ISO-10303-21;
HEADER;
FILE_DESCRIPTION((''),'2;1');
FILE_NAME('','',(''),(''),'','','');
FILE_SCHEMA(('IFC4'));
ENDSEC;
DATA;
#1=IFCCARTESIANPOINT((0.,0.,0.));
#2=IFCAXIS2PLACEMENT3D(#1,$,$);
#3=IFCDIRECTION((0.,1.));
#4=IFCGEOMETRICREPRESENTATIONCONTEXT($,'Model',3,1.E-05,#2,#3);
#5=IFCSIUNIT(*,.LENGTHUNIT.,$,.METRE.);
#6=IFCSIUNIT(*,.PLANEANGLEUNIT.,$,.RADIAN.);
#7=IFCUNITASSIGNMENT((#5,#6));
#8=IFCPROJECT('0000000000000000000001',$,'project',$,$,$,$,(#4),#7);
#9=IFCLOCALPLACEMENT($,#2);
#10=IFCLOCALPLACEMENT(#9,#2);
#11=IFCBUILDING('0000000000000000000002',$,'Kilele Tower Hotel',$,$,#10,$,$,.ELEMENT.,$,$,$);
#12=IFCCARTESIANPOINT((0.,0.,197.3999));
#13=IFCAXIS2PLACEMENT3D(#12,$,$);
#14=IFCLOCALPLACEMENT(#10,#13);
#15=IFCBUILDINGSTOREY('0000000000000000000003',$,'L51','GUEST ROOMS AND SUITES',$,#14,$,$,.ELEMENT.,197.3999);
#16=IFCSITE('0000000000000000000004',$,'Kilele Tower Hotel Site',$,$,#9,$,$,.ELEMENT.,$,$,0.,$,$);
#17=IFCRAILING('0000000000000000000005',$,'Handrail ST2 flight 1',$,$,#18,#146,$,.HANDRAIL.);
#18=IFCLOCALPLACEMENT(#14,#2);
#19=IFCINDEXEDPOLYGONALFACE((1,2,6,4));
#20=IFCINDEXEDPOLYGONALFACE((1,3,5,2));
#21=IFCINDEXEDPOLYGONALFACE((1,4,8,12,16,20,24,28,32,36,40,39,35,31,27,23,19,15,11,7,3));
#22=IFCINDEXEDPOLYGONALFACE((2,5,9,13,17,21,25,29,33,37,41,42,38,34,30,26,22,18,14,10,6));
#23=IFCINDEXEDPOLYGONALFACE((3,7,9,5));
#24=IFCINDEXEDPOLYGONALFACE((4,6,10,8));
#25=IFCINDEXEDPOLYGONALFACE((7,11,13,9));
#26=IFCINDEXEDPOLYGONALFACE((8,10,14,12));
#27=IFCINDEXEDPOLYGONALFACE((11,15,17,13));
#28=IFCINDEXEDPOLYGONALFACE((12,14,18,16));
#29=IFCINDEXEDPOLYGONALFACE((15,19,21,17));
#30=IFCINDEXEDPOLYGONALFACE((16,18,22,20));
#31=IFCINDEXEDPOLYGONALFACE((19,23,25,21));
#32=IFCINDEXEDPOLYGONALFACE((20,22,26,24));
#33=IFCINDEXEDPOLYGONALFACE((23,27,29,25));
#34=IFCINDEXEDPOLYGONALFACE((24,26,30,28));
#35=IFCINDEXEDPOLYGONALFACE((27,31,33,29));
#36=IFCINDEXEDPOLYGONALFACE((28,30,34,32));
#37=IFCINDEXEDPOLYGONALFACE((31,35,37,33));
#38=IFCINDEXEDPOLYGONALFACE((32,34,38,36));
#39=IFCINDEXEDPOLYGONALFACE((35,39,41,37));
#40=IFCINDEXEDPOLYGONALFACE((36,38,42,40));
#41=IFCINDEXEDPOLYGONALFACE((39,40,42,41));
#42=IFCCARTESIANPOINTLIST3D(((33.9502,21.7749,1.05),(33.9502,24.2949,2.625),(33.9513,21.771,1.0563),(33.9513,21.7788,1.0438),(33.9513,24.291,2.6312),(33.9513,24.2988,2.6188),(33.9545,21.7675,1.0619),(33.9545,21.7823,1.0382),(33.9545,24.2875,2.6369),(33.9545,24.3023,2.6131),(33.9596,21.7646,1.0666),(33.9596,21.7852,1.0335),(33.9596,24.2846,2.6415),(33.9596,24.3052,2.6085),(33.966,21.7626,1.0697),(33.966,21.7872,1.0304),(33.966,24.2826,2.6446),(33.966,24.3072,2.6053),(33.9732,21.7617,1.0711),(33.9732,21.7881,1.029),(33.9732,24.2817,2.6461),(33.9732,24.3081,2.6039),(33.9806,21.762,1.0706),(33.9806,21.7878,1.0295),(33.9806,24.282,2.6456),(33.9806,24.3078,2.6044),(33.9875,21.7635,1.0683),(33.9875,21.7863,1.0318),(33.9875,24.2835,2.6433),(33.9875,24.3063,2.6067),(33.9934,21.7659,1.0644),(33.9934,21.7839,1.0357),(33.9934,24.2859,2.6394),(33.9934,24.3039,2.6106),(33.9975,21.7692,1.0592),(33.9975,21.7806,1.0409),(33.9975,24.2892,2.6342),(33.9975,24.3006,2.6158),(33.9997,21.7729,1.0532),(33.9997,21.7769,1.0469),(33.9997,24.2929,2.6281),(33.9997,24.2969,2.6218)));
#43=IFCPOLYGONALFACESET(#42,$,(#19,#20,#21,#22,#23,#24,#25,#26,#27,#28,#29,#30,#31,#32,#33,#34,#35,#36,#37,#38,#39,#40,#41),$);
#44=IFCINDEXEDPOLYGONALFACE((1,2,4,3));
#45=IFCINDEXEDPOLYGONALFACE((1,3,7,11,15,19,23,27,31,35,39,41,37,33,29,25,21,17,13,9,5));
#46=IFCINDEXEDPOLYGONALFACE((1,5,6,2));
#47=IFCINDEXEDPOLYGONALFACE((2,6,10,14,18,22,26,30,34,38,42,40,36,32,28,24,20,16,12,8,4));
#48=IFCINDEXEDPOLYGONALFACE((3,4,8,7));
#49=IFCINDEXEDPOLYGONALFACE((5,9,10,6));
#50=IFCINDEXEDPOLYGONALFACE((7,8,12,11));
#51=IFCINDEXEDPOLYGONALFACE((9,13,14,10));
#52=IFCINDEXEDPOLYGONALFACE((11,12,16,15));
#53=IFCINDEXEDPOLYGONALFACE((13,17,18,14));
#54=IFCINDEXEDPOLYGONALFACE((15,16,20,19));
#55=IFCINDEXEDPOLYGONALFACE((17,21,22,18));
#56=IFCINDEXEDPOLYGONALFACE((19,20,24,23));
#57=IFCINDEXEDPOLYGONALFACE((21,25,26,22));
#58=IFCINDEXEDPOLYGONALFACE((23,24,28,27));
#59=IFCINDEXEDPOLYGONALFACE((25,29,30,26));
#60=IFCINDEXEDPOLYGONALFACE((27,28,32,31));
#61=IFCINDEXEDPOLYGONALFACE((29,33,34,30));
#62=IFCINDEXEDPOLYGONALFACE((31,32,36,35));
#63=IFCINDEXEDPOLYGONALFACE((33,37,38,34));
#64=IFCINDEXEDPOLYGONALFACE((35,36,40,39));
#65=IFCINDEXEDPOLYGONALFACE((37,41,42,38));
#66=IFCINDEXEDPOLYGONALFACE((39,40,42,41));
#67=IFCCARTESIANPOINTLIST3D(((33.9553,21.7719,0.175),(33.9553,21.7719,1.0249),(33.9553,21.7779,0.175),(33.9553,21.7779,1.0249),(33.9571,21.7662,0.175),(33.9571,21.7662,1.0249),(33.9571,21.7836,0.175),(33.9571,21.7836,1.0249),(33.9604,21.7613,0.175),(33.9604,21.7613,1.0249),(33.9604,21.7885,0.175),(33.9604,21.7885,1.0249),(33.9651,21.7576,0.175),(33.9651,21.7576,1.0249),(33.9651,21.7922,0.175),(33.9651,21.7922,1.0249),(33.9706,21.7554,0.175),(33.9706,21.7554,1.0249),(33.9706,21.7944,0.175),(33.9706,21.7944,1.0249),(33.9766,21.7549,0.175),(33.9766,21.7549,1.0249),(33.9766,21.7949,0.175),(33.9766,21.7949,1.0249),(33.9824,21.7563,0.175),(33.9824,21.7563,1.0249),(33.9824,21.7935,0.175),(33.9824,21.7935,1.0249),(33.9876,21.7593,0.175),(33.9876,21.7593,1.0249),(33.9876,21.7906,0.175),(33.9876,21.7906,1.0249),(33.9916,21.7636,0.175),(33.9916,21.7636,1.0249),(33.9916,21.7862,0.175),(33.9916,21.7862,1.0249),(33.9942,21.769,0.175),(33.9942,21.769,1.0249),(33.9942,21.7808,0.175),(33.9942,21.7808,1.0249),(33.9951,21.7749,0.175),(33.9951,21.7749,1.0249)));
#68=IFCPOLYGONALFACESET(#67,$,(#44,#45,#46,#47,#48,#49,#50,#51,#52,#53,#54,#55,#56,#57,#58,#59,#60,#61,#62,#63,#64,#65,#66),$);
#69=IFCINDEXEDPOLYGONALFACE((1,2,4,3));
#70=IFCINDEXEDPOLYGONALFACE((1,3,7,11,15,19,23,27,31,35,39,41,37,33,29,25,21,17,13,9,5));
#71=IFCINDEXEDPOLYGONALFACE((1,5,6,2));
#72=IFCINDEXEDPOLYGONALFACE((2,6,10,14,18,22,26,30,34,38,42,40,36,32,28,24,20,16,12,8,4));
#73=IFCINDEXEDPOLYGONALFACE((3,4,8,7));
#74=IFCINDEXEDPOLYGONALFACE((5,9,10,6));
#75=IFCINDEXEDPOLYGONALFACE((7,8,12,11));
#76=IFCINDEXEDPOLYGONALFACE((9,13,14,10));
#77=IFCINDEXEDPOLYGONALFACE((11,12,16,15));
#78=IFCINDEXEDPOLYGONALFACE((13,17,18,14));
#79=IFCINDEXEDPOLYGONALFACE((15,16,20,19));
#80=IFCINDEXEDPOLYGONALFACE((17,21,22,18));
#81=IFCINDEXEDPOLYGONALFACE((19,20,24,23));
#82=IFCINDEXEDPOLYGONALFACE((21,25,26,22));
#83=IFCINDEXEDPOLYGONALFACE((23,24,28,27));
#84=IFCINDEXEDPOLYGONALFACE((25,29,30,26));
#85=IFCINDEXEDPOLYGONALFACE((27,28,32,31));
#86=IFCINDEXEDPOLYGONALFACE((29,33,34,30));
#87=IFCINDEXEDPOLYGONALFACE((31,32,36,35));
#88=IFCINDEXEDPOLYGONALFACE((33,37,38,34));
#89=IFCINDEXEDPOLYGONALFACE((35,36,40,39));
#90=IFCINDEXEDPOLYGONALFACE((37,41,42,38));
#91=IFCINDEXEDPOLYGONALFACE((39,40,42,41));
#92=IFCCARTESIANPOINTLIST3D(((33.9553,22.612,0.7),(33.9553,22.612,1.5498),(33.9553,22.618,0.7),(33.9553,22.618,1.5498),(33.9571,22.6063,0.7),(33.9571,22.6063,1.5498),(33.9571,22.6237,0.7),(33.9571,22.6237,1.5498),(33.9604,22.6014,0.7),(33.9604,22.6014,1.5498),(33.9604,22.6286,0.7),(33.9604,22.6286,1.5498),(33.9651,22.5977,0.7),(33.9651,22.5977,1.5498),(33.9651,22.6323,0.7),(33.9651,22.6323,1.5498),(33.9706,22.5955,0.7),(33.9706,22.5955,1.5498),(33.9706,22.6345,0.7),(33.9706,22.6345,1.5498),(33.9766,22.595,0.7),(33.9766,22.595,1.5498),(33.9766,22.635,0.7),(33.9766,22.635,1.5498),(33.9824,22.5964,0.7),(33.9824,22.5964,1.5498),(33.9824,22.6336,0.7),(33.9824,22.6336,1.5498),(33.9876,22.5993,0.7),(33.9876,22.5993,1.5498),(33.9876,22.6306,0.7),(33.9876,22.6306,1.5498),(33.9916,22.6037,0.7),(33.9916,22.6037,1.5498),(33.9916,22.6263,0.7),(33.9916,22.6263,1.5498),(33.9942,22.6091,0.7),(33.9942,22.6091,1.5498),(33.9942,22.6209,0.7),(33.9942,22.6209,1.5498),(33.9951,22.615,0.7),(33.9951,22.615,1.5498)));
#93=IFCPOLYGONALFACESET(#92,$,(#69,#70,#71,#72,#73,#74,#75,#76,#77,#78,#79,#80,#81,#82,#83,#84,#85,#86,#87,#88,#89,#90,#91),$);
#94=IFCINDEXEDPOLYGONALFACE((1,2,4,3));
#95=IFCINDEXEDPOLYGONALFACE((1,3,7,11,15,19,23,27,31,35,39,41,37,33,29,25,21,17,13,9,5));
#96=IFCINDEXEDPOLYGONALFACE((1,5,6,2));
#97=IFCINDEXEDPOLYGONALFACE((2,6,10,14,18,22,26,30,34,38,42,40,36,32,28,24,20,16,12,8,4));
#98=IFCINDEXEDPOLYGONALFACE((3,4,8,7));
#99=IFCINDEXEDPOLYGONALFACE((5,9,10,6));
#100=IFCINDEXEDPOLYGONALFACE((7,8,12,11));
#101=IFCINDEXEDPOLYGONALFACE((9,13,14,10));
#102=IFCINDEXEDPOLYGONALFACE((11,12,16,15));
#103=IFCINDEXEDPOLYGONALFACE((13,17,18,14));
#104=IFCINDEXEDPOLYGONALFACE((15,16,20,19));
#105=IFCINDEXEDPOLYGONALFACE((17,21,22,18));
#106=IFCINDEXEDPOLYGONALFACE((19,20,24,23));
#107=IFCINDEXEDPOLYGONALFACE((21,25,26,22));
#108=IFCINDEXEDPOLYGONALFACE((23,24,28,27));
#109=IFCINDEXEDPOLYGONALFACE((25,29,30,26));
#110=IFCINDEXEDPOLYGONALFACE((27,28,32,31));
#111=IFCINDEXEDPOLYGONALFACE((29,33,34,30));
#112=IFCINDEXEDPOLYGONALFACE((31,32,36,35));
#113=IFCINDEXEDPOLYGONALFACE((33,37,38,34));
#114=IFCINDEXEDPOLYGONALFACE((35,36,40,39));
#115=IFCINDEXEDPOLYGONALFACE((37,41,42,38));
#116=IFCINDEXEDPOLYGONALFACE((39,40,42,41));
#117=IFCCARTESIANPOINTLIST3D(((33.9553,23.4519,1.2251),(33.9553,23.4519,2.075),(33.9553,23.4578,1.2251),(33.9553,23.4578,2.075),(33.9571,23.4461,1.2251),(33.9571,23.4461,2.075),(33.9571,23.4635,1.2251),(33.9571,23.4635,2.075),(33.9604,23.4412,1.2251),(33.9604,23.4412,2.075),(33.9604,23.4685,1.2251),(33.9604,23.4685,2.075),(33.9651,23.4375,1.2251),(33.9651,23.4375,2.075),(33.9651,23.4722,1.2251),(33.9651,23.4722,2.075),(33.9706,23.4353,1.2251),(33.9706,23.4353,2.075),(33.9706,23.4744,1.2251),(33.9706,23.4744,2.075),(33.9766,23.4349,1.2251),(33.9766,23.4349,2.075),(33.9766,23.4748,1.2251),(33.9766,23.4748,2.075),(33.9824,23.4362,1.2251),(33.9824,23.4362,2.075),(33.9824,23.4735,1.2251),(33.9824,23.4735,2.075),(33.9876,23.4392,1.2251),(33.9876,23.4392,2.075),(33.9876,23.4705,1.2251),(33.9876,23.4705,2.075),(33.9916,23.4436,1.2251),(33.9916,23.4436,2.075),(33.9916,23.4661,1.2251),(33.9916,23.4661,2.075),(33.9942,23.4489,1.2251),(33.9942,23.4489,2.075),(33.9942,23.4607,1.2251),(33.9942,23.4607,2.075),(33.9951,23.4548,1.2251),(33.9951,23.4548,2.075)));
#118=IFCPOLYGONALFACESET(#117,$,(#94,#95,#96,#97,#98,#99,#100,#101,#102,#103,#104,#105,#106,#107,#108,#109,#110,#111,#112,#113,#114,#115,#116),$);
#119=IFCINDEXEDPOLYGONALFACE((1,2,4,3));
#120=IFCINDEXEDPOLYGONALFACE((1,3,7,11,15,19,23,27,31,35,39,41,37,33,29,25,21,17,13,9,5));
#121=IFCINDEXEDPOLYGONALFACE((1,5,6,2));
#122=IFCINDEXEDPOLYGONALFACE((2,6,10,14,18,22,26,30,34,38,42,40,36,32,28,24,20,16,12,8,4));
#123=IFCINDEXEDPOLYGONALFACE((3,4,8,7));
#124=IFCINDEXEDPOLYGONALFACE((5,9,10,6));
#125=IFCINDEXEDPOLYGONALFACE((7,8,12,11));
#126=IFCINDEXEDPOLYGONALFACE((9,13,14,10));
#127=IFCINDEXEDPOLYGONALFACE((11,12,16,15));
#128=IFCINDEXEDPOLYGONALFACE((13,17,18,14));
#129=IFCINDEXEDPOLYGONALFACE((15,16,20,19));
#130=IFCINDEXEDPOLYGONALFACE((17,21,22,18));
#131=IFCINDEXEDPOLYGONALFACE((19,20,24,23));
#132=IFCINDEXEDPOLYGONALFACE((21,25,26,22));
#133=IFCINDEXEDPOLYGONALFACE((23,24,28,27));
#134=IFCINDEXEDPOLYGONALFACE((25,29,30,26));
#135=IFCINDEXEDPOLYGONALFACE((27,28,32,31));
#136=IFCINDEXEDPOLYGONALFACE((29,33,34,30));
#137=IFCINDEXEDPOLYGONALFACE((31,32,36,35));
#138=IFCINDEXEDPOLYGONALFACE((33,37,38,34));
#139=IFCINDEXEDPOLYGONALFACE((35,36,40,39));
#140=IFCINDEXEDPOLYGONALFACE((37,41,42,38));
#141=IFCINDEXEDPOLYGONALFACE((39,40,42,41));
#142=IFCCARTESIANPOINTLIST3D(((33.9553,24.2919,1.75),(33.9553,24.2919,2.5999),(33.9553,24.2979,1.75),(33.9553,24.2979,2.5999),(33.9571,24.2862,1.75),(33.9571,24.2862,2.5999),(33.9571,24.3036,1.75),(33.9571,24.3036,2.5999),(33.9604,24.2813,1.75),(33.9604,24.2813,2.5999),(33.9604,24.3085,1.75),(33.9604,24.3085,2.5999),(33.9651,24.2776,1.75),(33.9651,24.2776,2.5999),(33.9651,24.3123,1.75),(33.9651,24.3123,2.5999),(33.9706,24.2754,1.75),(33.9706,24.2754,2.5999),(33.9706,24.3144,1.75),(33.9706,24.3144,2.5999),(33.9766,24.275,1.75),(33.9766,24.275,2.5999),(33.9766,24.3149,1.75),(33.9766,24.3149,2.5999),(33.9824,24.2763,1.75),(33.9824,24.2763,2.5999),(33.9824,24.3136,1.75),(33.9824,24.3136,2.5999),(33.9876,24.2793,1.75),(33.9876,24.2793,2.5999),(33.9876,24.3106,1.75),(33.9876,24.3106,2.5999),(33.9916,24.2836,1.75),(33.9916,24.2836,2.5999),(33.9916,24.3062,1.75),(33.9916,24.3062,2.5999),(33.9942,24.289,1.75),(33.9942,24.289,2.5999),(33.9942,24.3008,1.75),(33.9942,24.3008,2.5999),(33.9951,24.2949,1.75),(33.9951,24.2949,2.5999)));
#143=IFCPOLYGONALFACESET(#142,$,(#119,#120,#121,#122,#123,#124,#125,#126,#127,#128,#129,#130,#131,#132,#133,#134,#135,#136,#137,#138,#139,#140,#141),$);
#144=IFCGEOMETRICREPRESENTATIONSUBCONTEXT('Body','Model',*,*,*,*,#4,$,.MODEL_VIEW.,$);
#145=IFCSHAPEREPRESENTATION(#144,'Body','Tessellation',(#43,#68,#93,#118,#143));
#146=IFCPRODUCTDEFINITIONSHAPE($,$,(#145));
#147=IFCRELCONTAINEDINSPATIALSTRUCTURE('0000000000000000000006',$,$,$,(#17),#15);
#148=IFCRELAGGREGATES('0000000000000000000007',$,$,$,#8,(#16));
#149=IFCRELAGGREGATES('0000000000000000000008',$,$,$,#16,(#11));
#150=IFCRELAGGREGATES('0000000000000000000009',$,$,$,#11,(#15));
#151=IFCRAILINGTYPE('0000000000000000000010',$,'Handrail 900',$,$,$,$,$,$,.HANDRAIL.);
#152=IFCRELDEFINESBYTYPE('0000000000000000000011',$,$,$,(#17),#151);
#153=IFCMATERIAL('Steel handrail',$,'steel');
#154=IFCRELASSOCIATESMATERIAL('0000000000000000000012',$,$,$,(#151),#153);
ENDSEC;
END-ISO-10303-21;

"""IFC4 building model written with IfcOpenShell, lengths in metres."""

from ifc_helpers import new_model, si_unit, direction, frame, origin, origin_2d, place, context, subcontext, project, spatial, circle, extrude, material, type_object, element, save


model = new_model("IFC4")

# Units and contexts
model_context = context("Model", 3, precision=1e-05, world=origin(), true_north=direction((0.0, 1.0)))
body_context = subcontext(model_context, "Body", "Model", "MODEL_VIEW")
ifc_project = project(units=[si_unit("LENGTHUNIT", "METRE"), si_unit("PLANEANGLEUNIT", "RADIAN")], contexts=[model_context])

# Site, building, storey
site_placement = place(None, origin())
site = spatial("IfcSite", under=ifc_project, at=site_placement, Name="Kilele Tower Hotel Site", CompositionType="ELEMENT", RefElevation=0.0)
building_placement = place(site_placement, origin())
building = spatial("IfcBuilding", under=site, at=building_placement, Name="Kilele Tower Hotel", CompositionType="ELEMENT")
storey_placement = place(building_placement, frame((0.0, 0.0, 197.3999)))
storey = spatial("IfcBuildingStorey", under=building, at=storey_placement, Name="L51", Description="GUEST ROOMS AND SUITES", CompositionType="ELEMENT", Elevation=197.3999)

# Railing
ifc_material_1 = material(Name="Steel handrail", Category="steel")
railing_type_1 = type_object("IfcRailingType", Name="Handrail 900", PredefinedType="HANDRAIL", material=ifc_material_1)
for number, where, name in (
    (1, (33.9751, 21.7749, 0.175), "Handrail ST2 flight 1"),
):
    element("IfcRailing", number, at=place(storey_placement, frame(where)), inside=storey, type_object=railing_type_1, Name=name, PredefinedType="HANDRAIL", context=body_context, shape_type="SweptSolid", body=[
        extrude(circle(Radius=0.0249, at=origin_2d()), frame((0.0, 0.0, 0.875), z_axis=(0.0, 0.848008, 0.529984), x_axis=(-1.0, 0.0, 0.0)), (0.0, 0.0, 1.0), 2.9717),
        extrude(circle(Radius=0.02, at=origin_2d()), origin(), (0.0, 0.0, 1.0), 0.8499),
        extrude(circle(Radius=0.02, at=origin_2d()), frame((0.0, 0.8401, 0.5249)), (0.0, 0.0, 1.0), 0.8499),
        extrude(circle(Radius=0.02, at=origin_2d()), frame((0.0, 1.6799, 1.05)), (0.0, 0.0, 1.0), 0.8499),
        extrude(circle(Radius=0.02, at=origin_2d()), frame((0.0, 2.52, 1.575)), (0.0, 0.0, 1.0), 0.8499),
    ])

save(model, "model.ifc")
